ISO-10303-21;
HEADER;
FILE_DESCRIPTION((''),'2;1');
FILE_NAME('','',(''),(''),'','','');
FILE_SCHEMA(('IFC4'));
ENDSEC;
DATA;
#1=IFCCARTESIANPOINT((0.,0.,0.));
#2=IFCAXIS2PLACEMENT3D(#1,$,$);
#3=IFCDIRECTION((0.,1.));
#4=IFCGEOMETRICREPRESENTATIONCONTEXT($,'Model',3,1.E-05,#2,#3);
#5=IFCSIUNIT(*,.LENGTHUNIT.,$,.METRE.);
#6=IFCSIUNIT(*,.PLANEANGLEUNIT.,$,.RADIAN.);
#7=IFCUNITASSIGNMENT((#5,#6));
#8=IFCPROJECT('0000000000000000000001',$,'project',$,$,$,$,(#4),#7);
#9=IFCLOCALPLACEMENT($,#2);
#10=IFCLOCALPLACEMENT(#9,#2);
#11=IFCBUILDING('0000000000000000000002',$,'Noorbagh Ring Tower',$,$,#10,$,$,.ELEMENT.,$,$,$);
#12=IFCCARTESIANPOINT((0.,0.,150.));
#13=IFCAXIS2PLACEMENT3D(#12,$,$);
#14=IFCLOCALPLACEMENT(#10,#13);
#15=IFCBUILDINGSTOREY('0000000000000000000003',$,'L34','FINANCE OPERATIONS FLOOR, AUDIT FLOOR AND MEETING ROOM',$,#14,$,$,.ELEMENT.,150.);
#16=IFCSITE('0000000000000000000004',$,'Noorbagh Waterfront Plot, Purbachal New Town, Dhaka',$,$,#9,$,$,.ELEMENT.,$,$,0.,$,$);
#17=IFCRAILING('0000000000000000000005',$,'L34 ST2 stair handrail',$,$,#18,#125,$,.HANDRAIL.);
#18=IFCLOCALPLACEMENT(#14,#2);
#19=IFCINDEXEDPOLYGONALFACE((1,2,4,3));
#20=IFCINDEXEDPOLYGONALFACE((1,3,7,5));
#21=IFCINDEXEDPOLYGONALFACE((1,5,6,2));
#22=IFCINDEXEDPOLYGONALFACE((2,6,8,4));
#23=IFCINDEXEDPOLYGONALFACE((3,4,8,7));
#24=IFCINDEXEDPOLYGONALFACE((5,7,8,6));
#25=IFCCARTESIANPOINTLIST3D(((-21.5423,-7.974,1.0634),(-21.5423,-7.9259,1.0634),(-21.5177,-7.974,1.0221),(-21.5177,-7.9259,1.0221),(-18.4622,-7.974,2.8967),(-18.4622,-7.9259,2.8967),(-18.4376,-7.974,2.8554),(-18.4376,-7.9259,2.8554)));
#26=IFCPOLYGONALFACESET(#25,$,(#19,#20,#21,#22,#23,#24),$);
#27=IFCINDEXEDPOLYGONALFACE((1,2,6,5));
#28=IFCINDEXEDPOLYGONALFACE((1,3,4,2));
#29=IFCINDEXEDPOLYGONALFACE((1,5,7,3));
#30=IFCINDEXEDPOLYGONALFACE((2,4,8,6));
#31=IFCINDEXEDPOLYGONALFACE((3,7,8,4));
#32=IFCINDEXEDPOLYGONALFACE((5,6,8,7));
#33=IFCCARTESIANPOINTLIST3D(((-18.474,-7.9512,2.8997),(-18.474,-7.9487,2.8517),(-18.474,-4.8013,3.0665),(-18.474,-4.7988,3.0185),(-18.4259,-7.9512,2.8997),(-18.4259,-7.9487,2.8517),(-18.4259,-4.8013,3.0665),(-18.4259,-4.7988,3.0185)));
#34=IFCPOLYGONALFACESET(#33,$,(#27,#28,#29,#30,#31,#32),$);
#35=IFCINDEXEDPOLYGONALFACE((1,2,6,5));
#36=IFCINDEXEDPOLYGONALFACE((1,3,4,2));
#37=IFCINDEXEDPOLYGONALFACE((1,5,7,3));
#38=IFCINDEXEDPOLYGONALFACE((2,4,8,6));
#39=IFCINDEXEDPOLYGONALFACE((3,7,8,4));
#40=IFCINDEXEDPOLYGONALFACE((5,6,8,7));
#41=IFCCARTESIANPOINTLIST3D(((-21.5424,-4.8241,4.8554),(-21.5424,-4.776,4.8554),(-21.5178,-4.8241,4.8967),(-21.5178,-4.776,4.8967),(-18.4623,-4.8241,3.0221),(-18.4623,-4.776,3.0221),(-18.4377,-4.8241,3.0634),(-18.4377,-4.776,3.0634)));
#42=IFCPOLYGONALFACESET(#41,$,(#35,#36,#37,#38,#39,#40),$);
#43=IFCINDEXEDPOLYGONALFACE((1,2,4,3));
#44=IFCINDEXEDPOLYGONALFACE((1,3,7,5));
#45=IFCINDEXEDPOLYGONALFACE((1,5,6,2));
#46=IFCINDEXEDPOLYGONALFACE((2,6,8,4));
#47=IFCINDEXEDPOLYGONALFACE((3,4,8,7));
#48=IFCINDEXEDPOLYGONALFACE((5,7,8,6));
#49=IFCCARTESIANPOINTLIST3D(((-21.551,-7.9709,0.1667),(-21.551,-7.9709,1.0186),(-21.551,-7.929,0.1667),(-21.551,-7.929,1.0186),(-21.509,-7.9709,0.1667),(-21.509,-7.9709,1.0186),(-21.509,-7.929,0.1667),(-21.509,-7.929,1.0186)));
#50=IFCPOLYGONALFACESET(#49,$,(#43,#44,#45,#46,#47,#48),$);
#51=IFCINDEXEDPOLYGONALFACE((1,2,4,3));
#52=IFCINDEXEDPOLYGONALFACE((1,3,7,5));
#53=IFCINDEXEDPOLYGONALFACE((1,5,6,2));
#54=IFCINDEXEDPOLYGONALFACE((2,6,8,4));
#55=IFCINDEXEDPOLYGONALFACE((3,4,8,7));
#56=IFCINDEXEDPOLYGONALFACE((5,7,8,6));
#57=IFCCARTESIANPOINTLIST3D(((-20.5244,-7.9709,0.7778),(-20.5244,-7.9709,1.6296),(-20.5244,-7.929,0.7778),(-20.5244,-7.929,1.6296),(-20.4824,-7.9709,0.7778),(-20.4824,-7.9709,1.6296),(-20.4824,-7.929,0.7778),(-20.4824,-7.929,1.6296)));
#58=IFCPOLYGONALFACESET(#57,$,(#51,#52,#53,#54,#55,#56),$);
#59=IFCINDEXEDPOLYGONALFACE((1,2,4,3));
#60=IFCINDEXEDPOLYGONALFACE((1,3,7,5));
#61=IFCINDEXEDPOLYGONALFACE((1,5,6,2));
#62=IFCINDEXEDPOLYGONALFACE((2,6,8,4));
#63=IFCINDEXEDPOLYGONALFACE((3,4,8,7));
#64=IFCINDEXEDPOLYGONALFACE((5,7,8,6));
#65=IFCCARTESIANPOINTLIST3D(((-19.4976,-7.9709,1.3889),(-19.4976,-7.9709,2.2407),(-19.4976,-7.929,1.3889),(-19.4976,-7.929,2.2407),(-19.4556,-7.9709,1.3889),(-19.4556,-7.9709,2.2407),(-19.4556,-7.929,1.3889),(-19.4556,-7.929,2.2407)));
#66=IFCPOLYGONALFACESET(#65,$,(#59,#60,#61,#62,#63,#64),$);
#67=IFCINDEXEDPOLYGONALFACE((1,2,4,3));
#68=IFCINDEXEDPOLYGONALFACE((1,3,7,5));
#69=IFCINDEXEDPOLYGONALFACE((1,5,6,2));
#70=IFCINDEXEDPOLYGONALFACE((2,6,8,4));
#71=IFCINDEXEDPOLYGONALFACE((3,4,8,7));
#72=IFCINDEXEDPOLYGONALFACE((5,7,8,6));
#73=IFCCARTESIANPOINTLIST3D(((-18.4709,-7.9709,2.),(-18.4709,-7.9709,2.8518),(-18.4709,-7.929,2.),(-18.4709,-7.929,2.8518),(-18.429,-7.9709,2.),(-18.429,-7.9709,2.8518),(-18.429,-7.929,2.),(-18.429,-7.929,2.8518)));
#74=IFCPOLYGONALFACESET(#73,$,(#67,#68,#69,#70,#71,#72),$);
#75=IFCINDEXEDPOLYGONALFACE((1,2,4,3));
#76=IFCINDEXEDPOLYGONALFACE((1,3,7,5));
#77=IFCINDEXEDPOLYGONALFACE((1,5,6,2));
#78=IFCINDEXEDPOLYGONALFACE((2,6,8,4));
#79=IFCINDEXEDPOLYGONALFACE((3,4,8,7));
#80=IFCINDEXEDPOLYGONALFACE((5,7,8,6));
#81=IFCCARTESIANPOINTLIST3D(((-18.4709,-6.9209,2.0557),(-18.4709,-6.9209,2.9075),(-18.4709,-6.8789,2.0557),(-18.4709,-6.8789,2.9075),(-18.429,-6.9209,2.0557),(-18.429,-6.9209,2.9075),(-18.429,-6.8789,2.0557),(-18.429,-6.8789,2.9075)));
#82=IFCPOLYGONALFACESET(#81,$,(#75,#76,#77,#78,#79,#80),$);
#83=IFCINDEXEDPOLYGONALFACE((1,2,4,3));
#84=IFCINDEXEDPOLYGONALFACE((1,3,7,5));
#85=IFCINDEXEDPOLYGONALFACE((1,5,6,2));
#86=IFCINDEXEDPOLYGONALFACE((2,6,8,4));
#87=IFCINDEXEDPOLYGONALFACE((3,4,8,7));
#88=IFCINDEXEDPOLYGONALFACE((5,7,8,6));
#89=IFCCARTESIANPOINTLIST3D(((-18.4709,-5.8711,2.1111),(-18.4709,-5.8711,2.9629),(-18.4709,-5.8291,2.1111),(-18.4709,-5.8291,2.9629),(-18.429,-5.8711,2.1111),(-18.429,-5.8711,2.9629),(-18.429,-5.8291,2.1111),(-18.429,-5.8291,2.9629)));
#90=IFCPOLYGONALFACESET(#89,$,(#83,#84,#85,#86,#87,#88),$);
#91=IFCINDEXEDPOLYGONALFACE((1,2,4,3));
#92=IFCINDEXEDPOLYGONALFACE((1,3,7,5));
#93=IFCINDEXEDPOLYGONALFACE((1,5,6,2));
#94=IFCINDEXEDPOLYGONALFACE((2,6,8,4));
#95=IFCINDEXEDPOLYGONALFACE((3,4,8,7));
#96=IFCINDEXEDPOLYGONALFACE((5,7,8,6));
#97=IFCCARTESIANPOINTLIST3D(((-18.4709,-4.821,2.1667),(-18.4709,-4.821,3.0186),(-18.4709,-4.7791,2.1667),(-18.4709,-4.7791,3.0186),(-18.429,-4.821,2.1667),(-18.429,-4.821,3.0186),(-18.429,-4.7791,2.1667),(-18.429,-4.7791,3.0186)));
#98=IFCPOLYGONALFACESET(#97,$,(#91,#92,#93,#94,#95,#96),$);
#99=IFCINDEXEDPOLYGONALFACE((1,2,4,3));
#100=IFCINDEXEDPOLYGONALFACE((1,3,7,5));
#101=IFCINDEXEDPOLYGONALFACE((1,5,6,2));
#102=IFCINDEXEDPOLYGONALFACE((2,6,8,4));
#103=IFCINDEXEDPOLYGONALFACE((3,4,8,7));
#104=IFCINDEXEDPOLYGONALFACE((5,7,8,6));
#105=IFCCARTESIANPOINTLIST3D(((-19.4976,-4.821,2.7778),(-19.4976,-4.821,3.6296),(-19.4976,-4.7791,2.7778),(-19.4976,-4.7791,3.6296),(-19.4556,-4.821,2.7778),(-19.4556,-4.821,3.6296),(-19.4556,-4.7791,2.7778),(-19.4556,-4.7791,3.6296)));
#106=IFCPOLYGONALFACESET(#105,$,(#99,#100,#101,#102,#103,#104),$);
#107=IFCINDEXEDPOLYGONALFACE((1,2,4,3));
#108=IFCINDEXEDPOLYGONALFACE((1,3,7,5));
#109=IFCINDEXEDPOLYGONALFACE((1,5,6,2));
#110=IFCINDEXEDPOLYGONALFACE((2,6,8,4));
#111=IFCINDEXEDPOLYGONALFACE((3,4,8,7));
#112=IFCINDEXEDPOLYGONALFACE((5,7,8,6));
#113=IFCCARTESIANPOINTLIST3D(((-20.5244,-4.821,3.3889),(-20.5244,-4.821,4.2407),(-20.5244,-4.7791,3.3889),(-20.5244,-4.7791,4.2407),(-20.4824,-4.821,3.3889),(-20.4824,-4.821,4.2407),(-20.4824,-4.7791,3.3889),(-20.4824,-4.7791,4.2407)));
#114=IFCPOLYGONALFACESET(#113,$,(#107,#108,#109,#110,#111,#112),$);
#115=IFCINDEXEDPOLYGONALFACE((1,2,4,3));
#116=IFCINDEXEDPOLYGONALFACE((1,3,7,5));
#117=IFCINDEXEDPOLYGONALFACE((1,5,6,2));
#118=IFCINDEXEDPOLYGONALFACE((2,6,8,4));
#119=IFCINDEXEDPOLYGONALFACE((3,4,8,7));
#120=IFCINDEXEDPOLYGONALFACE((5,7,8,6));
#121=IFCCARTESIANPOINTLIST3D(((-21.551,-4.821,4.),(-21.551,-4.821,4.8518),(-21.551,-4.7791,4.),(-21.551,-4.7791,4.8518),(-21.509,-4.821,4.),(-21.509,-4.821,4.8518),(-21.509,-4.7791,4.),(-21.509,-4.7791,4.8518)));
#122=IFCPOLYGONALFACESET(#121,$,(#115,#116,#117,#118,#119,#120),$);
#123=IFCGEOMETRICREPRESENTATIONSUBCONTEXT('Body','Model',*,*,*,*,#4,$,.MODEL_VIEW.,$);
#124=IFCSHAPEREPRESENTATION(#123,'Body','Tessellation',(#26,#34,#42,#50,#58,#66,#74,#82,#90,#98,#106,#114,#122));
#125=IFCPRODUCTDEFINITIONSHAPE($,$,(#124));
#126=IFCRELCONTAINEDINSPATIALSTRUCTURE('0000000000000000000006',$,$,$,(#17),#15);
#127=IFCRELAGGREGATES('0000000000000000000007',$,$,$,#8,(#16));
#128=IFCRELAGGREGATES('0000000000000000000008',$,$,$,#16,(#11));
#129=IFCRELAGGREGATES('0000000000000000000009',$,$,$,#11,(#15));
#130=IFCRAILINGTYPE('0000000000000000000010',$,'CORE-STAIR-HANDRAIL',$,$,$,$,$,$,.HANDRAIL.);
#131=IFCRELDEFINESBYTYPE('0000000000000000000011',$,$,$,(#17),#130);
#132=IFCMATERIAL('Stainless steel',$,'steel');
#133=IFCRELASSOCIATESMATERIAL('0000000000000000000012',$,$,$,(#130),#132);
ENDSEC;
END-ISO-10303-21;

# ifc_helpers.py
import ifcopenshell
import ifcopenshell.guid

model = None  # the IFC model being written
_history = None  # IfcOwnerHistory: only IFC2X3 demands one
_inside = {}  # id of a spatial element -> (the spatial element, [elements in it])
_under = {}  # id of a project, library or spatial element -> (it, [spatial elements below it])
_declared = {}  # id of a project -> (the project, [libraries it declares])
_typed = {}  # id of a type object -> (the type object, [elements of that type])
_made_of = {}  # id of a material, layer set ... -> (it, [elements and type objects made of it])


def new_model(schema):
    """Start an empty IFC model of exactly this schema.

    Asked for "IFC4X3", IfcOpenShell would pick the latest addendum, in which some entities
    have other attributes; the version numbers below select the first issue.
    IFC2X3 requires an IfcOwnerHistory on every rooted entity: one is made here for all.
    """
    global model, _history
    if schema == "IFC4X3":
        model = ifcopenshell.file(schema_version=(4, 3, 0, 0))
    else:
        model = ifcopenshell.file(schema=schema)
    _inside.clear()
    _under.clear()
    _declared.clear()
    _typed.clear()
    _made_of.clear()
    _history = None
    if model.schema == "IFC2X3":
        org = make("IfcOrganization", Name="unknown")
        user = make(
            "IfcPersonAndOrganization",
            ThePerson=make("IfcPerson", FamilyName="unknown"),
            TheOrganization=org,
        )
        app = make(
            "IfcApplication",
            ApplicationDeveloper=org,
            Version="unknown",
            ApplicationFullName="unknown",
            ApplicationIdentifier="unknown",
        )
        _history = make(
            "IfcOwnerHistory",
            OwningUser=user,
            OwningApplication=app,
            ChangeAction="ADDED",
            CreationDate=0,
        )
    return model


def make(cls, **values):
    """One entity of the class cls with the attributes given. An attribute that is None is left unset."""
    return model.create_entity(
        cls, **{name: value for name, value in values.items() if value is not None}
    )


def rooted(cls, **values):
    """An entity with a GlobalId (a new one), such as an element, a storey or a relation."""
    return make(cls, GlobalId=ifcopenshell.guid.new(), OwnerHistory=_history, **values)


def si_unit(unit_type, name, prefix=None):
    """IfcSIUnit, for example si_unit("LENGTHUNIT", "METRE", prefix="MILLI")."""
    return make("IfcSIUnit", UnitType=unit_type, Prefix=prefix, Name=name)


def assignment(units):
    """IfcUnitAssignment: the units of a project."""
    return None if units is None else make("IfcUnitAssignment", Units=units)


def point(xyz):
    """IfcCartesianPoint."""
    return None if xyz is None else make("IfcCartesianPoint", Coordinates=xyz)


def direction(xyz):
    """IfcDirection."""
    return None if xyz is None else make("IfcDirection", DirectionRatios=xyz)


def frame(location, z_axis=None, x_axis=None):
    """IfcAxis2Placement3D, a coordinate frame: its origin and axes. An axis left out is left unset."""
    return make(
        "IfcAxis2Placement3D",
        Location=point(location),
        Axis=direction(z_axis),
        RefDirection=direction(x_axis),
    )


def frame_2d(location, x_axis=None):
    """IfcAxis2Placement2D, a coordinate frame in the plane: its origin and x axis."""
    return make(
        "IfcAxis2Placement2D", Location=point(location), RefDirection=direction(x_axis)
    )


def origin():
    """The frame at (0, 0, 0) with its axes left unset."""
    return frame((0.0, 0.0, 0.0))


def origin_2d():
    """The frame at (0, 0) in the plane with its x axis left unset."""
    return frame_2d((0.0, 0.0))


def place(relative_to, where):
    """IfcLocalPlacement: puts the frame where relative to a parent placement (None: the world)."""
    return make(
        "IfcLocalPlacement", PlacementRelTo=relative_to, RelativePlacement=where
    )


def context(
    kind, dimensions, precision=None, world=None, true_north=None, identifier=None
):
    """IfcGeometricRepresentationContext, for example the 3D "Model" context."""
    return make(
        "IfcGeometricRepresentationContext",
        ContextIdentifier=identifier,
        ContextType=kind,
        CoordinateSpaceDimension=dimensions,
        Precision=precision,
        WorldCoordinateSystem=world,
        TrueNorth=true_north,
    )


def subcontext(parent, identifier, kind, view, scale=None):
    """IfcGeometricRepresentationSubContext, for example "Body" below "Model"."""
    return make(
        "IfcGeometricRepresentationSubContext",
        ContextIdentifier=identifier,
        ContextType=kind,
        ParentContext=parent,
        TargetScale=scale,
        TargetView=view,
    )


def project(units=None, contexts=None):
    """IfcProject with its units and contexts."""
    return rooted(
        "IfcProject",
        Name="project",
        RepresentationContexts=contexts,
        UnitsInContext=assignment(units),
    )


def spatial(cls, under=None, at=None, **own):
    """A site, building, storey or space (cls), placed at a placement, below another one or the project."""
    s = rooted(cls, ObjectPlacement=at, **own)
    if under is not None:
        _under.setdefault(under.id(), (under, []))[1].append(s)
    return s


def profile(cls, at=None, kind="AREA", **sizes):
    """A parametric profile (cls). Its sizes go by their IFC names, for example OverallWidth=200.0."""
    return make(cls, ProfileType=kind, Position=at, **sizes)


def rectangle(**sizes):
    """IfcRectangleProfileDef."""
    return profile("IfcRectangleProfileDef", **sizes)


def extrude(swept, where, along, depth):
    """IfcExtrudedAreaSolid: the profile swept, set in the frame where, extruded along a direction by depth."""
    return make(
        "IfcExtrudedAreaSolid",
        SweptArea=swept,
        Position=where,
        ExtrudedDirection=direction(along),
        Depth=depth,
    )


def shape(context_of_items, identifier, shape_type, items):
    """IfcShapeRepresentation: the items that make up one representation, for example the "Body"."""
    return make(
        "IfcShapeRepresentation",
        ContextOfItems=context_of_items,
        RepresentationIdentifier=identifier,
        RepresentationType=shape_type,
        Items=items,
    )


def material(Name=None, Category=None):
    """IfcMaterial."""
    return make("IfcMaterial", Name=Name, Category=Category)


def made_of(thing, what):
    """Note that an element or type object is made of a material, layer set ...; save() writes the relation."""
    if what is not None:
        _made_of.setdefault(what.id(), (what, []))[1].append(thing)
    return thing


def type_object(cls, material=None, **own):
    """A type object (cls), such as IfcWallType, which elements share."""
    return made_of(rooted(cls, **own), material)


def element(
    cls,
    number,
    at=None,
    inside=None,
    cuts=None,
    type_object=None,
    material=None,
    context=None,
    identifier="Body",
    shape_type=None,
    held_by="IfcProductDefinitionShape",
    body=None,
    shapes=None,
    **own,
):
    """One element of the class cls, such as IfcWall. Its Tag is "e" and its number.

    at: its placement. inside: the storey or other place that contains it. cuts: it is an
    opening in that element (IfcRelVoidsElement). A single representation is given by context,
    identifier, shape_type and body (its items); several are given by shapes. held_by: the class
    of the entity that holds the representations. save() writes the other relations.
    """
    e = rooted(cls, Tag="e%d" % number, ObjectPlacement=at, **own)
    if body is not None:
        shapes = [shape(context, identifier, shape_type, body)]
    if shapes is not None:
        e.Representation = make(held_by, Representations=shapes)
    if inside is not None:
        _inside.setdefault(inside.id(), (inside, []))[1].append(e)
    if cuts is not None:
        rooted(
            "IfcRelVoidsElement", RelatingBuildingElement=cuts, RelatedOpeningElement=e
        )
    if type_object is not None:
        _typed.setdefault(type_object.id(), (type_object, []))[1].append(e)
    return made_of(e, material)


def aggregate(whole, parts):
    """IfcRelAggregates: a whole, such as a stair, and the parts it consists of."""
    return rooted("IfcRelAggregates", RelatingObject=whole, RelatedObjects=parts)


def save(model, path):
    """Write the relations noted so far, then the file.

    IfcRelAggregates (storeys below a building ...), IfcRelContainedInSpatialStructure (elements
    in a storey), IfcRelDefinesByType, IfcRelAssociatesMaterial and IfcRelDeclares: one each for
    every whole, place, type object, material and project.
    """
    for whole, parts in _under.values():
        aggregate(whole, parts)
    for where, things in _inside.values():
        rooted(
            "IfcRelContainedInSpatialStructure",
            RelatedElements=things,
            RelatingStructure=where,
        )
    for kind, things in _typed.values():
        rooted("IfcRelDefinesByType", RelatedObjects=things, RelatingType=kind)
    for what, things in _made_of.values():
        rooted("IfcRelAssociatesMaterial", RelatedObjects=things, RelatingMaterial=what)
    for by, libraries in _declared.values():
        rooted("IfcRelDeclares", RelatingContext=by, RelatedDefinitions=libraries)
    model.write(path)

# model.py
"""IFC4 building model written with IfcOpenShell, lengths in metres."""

from ifc_helpers import new_model, si_unit, direction, frame, origin, origin_2d, place, context, subcontext, project, spatial, rectangle, extrude, material, type_object, element, save


model = new_model("IFC4")

# Units and contexts
model_context = context("Model", 3, precision=1e-05, world=origin(), true_north=direction((0.0, 1.0)))
body_context = subcontext(model_context, "Body", "Model", "MODEL_VIEW")
ifc_project = project(units=[si_unit("LENGTHUNIT", "METRE"), si_unit("PLANEANGLEUNIT", "RADIAN")], contexts=[model_context])

# Site, building, storey
site_placement = place(None, origin())
site = spatial("IfcSite", under=ifc_project, at=site_placement, Name="Noorbagh Waterfront Plot, Purbachal New Town, Dhaka", CompositionType="ELEMENT", RefElevation=0.0)
building_placement = place(site_placement, origin())
building = spatial("IfcBuilding", under=site, at=building_placement, Name="Noorbagh Ring Tower", CompositionType="ELEMENT")
storey_placement = place(building_placement, frame((0.0, 0.0, 150.0)))
storey = spatial("IfcBuildingStorey", under=building, at=storey_placement, Name="L34", Description="FINANCE OPERATIONS FLOOR, AUDIT FLOOR AND MEETING ROOM", CompositionType="ELEMENT", Elevation=150.0)

# Railing
ifc_material_1 = material(Name="Stainless steel", Category="steel")
railing_type_1 = type_object("IfcRailingType", Name="CORE-STAIR-HANDRAIL", PredefinedType="HANDRAIL", material=ifc_material_1)
railing_1_placement = place(storey_placement, frame((-21.53, -7.95, 0.1667)))
element("IfcRailing", 1, at=railing_1_placement, inside=storey, type_object=railing_type_1, Name="L34 ST2 stair handrail", PredefinedType="HANDRAIL", context=body_context, shape_type="SweptSolid", body=[
    extrude(rectangle(XDim=0.0481, YDim=0.0481, at=origin_2d()), frame((0.0, 0.0, 0.876), z_axis=(0.859309, 0.0, 0.511458), x_axis=(0.0, 1.0, 0.0)), (0.0, 0.0, 1.0), 3.5845),
    extrude(rectangle(XDim=0.0481, YDim=0.0481, at=origin_2d()), frame((3.0801, 0.0, 2.709), z_axis=(0.0, 0.998602, 0.052864), x_axis=(-1.0, 0.0, 0.0)), (0.0, 0.0, 1.0), 3.1543),
    extrude(rectangle(XDim=0.0481, YDim=0.0481, at=origin_2d()), frame((3.0801, 3.1499, 2.876), z_axis=(-0.859309, 0.0, 0.511458), x_axis=(0.0, -1.0, 0.0)), (0.0, 0.0, 1.0), 3.5845),
    extrude(rectangle(XDim=0.042, YDim=0.042, at=origin_2d()), origin(), (0.0, 0.0, 1.0), 0.8518),
    extrude(rectangle(XDim=0.042, YDim=0.042, at=origin_2d()), frame((1.0266, 0.0, 0.6111)), (0.0, 0.0, 1.0), 0.8518),
    extrude(rectangle(XDim=0.042, YDim=0.042, at=origin_2d()), frame((2.0535, 0.0, 1.2222)), (0.0, 0.0, 1.0), 0.8518),
    extrude(rectangle(XDim=0.042, YDim=0.042, at=origin_2d()), frame((3.0801, 0.0, 1.8333)), (0.0, 0.0, 1.0), 0.8518),
    extrude(rectangle(XDim=0.042, YDim=0.042, at=origin_2d()), frame((3.0801, 1.05, 1.8889)), (0.0, 0.0, 1.0), 0.8518),
    extrude(rectangle(XDim=0.042, YDim=0.042, at=origin_2d()), frame((3.0801, 2.0999, 1.9443)), (0.0, 0.0, 1.0), 0.8518),
    extrude(rectangle(XDim=0.042, YDim=0.042, at=origin_2d()), frame((3.0801, 3.1499, 2.0)), (0.0, 0.0, 1.0), 0.8518),
    extrude(rectangle(XDim=0.042, YDim=0.042, at=origin_2d()), frame((2.0535, 3.1499, 2.6111)), (0.0, 0.0, 1.0), 0.8518),
    extrude(rectangle(XDim=0.042, YDim=0.042, at=origin_2d()), frame((1.0266, 3.1499, 3.2222)), (0.0, 0.0, 1.0), 0.8518),
    extrude(rectangle(XDim=0.042, YDim=0.042, at=origin_2d()), frame((0.0, 3.1499, 3.8333)), (0.0, 0.0, 1.0), 0.8518),
])

save(model, "model.ifc")
